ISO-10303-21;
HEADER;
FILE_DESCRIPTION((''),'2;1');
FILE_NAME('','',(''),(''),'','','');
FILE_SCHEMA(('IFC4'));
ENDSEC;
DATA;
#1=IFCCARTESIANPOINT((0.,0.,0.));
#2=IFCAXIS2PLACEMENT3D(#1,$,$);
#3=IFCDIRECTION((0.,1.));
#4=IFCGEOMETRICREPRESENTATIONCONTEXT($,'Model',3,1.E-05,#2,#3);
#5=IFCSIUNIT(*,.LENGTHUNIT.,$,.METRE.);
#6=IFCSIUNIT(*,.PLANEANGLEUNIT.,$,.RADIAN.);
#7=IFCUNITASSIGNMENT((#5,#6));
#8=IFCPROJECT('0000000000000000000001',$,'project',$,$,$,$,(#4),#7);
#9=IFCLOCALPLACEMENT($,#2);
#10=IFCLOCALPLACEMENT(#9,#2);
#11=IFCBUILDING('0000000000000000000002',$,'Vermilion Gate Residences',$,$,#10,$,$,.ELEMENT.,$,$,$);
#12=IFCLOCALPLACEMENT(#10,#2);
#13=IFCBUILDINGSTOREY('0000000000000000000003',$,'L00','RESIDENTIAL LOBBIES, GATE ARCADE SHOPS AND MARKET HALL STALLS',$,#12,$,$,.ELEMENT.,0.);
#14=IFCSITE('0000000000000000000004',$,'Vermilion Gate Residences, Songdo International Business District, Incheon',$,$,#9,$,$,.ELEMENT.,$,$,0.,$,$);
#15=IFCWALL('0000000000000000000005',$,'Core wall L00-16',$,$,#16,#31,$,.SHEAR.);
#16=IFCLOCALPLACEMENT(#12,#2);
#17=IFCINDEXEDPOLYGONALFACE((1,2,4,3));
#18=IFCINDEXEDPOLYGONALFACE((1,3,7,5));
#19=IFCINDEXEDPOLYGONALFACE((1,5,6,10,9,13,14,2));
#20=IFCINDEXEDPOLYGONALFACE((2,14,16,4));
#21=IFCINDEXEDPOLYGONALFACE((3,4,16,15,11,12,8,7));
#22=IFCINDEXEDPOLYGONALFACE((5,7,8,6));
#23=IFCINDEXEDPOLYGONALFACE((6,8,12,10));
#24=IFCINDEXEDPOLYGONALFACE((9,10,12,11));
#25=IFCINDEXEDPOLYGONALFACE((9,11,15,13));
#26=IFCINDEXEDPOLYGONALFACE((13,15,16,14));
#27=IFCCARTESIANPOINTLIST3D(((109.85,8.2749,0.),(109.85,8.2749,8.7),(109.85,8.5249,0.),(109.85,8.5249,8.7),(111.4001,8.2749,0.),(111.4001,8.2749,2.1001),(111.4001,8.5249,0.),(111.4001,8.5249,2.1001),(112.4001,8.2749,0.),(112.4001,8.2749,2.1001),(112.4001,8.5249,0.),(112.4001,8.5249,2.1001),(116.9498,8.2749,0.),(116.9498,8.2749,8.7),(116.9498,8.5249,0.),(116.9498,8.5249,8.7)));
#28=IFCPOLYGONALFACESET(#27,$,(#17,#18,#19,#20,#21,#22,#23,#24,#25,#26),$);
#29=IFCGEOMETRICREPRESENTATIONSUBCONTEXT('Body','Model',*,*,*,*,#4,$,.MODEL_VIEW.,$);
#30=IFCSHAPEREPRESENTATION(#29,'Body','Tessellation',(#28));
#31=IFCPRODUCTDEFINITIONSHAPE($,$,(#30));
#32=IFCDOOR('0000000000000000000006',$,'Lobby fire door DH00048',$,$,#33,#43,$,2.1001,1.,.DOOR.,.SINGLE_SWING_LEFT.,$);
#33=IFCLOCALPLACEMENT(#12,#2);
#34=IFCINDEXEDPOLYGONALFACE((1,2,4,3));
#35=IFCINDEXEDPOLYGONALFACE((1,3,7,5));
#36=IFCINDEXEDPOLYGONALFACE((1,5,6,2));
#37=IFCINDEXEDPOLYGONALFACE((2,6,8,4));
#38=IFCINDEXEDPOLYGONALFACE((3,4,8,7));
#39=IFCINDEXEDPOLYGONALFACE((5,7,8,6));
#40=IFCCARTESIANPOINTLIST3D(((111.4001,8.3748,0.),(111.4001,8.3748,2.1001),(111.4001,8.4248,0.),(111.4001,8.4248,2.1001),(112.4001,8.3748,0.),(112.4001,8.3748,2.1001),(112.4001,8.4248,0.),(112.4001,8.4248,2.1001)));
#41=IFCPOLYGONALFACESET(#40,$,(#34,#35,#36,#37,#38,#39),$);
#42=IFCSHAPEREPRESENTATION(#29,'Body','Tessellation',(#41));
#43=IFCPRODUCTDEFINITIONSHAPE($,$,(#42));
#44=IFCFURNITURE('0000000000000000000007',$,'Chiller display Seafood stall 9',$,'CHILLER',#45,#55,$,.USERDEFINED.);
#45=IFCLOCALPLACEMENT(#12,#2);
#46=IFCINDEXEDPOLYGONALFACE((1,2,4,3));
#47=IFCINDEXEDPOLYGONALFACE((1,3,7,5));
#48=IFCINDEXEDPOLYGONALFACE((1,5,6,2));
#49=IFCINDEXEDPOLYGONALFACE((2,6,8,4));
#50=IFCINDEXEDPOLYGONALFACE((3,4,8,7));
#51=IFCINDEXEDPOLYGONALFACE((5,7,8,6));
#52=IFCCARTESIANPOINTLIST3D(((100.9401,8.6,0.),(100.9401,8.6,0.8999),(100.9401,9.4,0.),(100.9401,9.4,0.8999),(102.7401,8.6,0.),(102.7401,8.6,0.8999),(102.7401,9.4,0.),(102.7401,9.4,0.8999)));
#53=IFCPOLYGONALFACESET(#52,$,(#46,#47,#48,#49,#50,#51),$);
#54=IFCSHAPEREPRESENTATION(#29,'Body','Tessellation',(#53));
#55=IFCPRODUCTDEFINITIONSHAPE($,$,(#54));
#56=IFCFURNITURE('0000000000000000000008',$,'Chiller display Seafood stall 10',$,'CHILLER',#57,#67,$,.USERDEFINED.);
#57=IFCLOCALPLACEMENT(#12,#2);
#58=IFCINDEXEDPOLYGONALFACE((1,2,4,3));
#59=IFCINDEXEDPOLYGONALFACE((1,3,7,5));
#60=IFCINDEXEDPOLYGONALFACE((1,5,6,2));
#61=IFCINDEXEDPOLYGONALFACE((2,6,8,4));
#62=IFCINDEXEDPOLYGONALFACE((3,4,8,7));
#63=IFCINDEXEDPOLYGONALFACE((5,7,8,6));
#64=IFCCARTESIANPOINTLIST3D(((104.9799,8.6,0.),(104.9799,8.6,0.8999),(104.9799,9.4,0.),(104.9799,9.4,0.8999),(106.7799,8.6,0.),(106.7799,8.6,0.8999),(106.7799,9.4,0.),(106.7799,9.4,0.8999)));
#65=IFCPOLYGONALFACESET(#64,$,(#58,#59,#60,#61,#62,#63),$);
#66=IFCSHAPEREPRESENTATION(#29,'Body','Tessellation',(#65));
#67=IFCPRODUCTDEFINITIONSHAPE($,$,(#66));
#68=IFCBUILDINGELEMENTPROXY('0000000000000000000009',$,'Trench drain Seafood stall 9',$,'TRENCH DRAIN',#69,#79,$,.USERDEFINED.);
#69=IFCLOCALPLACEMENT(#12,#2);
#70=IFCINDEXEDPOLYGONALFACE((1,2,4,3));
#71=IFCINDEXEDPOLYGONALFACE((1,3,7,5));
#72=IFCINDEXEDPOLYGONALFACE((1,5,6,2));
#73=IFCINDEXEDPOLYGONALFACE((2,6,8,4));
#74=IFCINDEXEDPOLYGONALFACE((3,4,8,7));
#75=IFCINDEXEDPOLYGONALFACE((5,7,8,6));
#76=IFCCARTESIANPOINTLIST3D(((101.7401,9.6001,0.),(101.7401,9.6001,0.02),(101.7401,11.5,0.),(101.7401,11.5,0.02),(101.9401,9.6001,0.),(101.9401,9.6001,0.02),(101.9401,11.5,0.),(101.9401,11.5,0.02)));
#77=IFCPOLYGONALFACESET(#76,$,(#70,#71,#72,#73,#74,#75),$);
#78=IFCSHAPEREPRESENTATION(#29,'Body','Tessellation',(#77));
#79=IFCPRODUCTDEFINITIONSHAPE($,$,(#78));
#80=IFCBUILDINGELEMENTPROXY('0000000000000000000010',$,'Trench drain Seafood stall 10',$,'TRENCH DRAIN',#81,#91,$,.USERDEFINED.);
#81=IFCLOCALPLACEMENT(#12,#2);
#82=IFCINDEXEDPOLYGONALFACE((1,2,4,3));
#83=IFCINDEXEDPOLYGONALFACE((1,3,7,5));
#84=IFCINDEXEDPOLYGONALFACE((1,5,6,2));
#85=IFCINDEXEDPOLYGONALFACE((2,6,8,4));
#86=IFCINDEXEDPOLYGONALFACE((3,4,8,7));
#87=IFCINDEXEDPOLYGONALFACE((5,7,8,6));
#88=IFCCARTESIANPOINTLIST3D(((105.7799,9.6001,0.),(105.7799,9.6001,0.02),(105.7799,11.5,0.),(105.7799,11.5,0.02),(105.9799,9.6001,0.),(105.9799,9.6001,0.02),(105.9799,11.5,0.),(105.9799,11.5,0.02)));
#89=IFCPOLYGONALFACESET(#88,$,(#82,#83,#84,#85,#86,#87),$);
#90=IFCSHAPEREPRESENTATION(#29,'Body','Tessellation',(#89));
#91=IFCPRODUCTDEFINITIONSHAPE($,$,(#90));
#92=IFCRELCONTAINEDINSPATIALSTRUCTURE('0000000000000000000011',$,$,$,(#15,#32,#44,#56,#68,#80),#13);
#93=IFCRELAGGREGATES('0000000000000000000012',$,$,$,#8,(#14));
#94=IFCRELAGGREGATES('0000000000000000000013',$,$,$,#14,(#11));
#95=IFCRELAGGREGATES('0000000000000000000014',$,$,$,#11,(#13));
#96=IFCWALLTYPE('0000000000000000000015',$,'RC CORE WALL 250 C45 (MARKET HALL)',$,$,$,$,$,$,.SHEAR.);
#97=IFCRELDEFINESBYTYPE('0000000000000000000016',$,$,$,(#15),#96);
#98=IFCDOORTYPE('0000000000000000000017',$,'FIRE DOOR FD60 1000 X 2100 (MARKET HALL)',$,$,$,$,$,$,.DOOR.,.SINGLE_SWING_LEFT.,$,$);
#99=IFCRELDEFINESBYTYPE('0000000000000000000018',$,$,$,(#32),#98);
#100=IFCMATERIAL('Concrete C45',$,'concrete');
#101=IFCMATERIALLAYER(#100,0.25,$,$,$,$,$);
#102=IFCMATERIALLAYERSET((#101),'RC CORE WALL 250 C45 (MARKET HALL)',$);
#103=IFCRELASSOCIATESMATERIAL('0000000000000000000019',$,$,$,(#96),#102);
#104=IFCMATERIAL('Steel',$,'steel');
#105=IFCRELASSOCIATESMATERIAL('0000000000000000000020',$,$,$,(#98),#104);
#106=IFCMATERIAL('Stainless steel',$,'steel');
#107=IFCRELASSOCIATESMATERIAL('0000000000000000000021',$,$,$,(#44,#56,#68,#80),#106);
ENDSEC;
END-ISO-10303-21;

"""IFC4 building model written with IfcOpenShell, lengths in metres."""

from ifc_helpers import new_model, si_unit, direction, frame, frame_2d, origin, origin_2d, place, context, subcontext, project, spatial, rectangle, extrude, material, layer, layer_set, type_object, element, fill, save


model = new_model("IFC4")

# Units and contexts
model_context = context("Model", 3, precision=1e-05, world=origin(), true_north=direction((0.0, 1.0)))
body_context = subcontext(model_context, "Body", "Model", "MODEL_VIEW")
ifc_project = project(units=[si_unit("LENGTHUNIT", "METRE"), si_unit("PLANEANGLEUNIT", "RADIAN")], contexts=[model_context])

# Site, building, storey
site_placement = place(None, origin())
site = spatial("IfcSite", under=ifc_project, at=site_placement, Name="Vermilion Gate Residences, Songdo International Business District, Incheon", CompositionType="ELEMENT", RefElevation=0.0)
building_placement = place(site_placement, origin())
building = spatial("IfcBuilding", under=site, at=building_placement, Name="Vermilion Gate Residences", CompositionType="ELEMENT")
storey_placement = place(building_placement, origin())
storey = spatial("IfcBuildingStorey", under=building, at=storey_placement, Name="L00", Description="RESIDENTIAL LOBBIES, GATE ARCADE SHOPS AND MARKET HALL STALLS", CompositionType="ELEMENT", Elevation=0.0)

# Wall, opening, door
ifc_material_1 = material(Name="Concrete C45", Category="concrete")
ifc_layer_1 = layer(ifc_material_1, 0.25)
ifc_layer_set_1 = layer_set([ifc_layer_1], Name="RC CORE WALL 250 C45 (MARKET HALL)")
wall_type_1 = type_object("IfcWallType", Name="RC CORE WALL 250 C45 (MARKET HALL)", PredefinedType="SHEAR", material=ifc_layer_set_1)
wall_1_placement = place(storey_placement, frame((109.8501, 8.3999, 0.0), z_axis=(0.0, 0.0, 1.0), x_axis=(1.0, 0.0, 0.0)))
wall_1 = element("IfcWall", 1, at=wall_1_placement, inside=storey, type_object=wall_type_1, Name="Core wall L00-16", PredefinedType="SHEAR", context=body_context, shape_type="SweptSolid", body=[
    extrude(rectangle(XDim=7.0999, YDim=0.25, at=frame_2d((3.5498, 0.0))), origin(), (0.0, 0.0, 1.0), 8.7),
])
opening_1_placement = place(wall_1_placement, frame((1.55, 0.0, 0.0)))
opening_1 = element("IfcOpeningElement", 2, at=opening_1_placement, cuts=wall_1, PredefinedType="OPENING", context=body_context, shape_type="SweptSolid", body=[
    extrude(rectangle(XDim=1.0, YDim=2.1001, at=frame_2d((0.5, 1.05))), frame((0.0, 0.135, 0.0), z_axis=(0.0, -1.0, 0.0), x_axis=(1.0, 0.0, 0.0)), (0.0, 0.0, 1.0), 0.27),
])
ifc_material_2 = material(Name="Steel", Category="steel")
door_type_1 = type_object("IfcDoorType", Name="FIRE DOOR FD60 1000 X 2100 (MARKET HALL)", OperationType="SINGLE_SWING_LEFT", PredefinedType="DOOR", material=ifc_material_2)
door_1_placement = place(opening_1_placement, origin())
door_1 = element("IfcDoor", 3, at=door_1_placement, inside=storey, type_object=door_type_1, Name="Lobby fire door DH00048", OperationType="SINGLE_SWING_LEFT", OverallHeight=2.1001, OverallWidth=1.0, PredefinedType="DOOR", context=body_context, shape_type="SweptSolid", body=[
    extrude(rectangle(XDim=1.0, YDim=2.1001, at=frame_2d((0.5, 1.05))), frame((0.0, 0.0249, 0.0), z_axis=(0.0, -1.0, 0.0), x_axis=(1.0, 0.0, 0.0)), (0.0, 0.0, 1.0), 0.05),
])
fill(opening_1, door_1)

# Furniture
ifc_material_3 = material(Name="Stainless steel", Category="steel")
for number, where, z_axis, x_axis, name in (
    (4, (101.8401, 9.0, 0.0), (0.0, 0.0, 1.0), (1.0, 0.0, 0.0), "Chiller display Seafood stall 9"),
    (5, (105.8799, 9.0, 0.0), (0.0, 0.0, 1.0), (1.0, 0.0, 0.0), "Chiller display Seafood stall 10"),
):
    element("IfcFurniture", number, at=place(storey_placement, frame(where, z_axis=z_axis, x_axis=x_axis)), inside=storey, material=ifc_material_3, Name=name, ObjectType="CHILLER", PredefinedType="USERDEFINED", context=body_context, shape_type="SweptSolid", body=[
        extrude(rectangle(XDim=1.8, YDim=0.8, at=origin_2d()), origin(), (0.0, 0.0, 1.0), 0.8999),
    ])

# Building element proxies
for number, where, z_axis, x_axis, name in (
    (6, (101.8401, 10.55, 0.0), (0.0, 0.0, 1.0), (1.0, 0.0, 0.0), "Trench drain Seafood stall 9"),
    (7, (105.8799, 10.55, 0.0), (0.0, 0.0, 1.0), (1.0, 0.0, 0.0), "Trench drain Seafood stall 10"),
):
    element("IfcBuildingElementProxy", number, at=place(storey_placement, frame(where, z_axis=z_axis, x_axis=x_axis)), inside=storey, material=ifc_material_3, Name=name, ObjectType="TRENCH DRAIN", PredefinedType="USERDEFINED", context=body_context, shape_type="SweptSolid", body=[
        extrude(rectangle(XDim=0.2, YDim=1.8999, at=origin_2d()), origin(), (0.0, 0.0, 1.0), 0.02),
    ])

save(model, "model.ifc")
